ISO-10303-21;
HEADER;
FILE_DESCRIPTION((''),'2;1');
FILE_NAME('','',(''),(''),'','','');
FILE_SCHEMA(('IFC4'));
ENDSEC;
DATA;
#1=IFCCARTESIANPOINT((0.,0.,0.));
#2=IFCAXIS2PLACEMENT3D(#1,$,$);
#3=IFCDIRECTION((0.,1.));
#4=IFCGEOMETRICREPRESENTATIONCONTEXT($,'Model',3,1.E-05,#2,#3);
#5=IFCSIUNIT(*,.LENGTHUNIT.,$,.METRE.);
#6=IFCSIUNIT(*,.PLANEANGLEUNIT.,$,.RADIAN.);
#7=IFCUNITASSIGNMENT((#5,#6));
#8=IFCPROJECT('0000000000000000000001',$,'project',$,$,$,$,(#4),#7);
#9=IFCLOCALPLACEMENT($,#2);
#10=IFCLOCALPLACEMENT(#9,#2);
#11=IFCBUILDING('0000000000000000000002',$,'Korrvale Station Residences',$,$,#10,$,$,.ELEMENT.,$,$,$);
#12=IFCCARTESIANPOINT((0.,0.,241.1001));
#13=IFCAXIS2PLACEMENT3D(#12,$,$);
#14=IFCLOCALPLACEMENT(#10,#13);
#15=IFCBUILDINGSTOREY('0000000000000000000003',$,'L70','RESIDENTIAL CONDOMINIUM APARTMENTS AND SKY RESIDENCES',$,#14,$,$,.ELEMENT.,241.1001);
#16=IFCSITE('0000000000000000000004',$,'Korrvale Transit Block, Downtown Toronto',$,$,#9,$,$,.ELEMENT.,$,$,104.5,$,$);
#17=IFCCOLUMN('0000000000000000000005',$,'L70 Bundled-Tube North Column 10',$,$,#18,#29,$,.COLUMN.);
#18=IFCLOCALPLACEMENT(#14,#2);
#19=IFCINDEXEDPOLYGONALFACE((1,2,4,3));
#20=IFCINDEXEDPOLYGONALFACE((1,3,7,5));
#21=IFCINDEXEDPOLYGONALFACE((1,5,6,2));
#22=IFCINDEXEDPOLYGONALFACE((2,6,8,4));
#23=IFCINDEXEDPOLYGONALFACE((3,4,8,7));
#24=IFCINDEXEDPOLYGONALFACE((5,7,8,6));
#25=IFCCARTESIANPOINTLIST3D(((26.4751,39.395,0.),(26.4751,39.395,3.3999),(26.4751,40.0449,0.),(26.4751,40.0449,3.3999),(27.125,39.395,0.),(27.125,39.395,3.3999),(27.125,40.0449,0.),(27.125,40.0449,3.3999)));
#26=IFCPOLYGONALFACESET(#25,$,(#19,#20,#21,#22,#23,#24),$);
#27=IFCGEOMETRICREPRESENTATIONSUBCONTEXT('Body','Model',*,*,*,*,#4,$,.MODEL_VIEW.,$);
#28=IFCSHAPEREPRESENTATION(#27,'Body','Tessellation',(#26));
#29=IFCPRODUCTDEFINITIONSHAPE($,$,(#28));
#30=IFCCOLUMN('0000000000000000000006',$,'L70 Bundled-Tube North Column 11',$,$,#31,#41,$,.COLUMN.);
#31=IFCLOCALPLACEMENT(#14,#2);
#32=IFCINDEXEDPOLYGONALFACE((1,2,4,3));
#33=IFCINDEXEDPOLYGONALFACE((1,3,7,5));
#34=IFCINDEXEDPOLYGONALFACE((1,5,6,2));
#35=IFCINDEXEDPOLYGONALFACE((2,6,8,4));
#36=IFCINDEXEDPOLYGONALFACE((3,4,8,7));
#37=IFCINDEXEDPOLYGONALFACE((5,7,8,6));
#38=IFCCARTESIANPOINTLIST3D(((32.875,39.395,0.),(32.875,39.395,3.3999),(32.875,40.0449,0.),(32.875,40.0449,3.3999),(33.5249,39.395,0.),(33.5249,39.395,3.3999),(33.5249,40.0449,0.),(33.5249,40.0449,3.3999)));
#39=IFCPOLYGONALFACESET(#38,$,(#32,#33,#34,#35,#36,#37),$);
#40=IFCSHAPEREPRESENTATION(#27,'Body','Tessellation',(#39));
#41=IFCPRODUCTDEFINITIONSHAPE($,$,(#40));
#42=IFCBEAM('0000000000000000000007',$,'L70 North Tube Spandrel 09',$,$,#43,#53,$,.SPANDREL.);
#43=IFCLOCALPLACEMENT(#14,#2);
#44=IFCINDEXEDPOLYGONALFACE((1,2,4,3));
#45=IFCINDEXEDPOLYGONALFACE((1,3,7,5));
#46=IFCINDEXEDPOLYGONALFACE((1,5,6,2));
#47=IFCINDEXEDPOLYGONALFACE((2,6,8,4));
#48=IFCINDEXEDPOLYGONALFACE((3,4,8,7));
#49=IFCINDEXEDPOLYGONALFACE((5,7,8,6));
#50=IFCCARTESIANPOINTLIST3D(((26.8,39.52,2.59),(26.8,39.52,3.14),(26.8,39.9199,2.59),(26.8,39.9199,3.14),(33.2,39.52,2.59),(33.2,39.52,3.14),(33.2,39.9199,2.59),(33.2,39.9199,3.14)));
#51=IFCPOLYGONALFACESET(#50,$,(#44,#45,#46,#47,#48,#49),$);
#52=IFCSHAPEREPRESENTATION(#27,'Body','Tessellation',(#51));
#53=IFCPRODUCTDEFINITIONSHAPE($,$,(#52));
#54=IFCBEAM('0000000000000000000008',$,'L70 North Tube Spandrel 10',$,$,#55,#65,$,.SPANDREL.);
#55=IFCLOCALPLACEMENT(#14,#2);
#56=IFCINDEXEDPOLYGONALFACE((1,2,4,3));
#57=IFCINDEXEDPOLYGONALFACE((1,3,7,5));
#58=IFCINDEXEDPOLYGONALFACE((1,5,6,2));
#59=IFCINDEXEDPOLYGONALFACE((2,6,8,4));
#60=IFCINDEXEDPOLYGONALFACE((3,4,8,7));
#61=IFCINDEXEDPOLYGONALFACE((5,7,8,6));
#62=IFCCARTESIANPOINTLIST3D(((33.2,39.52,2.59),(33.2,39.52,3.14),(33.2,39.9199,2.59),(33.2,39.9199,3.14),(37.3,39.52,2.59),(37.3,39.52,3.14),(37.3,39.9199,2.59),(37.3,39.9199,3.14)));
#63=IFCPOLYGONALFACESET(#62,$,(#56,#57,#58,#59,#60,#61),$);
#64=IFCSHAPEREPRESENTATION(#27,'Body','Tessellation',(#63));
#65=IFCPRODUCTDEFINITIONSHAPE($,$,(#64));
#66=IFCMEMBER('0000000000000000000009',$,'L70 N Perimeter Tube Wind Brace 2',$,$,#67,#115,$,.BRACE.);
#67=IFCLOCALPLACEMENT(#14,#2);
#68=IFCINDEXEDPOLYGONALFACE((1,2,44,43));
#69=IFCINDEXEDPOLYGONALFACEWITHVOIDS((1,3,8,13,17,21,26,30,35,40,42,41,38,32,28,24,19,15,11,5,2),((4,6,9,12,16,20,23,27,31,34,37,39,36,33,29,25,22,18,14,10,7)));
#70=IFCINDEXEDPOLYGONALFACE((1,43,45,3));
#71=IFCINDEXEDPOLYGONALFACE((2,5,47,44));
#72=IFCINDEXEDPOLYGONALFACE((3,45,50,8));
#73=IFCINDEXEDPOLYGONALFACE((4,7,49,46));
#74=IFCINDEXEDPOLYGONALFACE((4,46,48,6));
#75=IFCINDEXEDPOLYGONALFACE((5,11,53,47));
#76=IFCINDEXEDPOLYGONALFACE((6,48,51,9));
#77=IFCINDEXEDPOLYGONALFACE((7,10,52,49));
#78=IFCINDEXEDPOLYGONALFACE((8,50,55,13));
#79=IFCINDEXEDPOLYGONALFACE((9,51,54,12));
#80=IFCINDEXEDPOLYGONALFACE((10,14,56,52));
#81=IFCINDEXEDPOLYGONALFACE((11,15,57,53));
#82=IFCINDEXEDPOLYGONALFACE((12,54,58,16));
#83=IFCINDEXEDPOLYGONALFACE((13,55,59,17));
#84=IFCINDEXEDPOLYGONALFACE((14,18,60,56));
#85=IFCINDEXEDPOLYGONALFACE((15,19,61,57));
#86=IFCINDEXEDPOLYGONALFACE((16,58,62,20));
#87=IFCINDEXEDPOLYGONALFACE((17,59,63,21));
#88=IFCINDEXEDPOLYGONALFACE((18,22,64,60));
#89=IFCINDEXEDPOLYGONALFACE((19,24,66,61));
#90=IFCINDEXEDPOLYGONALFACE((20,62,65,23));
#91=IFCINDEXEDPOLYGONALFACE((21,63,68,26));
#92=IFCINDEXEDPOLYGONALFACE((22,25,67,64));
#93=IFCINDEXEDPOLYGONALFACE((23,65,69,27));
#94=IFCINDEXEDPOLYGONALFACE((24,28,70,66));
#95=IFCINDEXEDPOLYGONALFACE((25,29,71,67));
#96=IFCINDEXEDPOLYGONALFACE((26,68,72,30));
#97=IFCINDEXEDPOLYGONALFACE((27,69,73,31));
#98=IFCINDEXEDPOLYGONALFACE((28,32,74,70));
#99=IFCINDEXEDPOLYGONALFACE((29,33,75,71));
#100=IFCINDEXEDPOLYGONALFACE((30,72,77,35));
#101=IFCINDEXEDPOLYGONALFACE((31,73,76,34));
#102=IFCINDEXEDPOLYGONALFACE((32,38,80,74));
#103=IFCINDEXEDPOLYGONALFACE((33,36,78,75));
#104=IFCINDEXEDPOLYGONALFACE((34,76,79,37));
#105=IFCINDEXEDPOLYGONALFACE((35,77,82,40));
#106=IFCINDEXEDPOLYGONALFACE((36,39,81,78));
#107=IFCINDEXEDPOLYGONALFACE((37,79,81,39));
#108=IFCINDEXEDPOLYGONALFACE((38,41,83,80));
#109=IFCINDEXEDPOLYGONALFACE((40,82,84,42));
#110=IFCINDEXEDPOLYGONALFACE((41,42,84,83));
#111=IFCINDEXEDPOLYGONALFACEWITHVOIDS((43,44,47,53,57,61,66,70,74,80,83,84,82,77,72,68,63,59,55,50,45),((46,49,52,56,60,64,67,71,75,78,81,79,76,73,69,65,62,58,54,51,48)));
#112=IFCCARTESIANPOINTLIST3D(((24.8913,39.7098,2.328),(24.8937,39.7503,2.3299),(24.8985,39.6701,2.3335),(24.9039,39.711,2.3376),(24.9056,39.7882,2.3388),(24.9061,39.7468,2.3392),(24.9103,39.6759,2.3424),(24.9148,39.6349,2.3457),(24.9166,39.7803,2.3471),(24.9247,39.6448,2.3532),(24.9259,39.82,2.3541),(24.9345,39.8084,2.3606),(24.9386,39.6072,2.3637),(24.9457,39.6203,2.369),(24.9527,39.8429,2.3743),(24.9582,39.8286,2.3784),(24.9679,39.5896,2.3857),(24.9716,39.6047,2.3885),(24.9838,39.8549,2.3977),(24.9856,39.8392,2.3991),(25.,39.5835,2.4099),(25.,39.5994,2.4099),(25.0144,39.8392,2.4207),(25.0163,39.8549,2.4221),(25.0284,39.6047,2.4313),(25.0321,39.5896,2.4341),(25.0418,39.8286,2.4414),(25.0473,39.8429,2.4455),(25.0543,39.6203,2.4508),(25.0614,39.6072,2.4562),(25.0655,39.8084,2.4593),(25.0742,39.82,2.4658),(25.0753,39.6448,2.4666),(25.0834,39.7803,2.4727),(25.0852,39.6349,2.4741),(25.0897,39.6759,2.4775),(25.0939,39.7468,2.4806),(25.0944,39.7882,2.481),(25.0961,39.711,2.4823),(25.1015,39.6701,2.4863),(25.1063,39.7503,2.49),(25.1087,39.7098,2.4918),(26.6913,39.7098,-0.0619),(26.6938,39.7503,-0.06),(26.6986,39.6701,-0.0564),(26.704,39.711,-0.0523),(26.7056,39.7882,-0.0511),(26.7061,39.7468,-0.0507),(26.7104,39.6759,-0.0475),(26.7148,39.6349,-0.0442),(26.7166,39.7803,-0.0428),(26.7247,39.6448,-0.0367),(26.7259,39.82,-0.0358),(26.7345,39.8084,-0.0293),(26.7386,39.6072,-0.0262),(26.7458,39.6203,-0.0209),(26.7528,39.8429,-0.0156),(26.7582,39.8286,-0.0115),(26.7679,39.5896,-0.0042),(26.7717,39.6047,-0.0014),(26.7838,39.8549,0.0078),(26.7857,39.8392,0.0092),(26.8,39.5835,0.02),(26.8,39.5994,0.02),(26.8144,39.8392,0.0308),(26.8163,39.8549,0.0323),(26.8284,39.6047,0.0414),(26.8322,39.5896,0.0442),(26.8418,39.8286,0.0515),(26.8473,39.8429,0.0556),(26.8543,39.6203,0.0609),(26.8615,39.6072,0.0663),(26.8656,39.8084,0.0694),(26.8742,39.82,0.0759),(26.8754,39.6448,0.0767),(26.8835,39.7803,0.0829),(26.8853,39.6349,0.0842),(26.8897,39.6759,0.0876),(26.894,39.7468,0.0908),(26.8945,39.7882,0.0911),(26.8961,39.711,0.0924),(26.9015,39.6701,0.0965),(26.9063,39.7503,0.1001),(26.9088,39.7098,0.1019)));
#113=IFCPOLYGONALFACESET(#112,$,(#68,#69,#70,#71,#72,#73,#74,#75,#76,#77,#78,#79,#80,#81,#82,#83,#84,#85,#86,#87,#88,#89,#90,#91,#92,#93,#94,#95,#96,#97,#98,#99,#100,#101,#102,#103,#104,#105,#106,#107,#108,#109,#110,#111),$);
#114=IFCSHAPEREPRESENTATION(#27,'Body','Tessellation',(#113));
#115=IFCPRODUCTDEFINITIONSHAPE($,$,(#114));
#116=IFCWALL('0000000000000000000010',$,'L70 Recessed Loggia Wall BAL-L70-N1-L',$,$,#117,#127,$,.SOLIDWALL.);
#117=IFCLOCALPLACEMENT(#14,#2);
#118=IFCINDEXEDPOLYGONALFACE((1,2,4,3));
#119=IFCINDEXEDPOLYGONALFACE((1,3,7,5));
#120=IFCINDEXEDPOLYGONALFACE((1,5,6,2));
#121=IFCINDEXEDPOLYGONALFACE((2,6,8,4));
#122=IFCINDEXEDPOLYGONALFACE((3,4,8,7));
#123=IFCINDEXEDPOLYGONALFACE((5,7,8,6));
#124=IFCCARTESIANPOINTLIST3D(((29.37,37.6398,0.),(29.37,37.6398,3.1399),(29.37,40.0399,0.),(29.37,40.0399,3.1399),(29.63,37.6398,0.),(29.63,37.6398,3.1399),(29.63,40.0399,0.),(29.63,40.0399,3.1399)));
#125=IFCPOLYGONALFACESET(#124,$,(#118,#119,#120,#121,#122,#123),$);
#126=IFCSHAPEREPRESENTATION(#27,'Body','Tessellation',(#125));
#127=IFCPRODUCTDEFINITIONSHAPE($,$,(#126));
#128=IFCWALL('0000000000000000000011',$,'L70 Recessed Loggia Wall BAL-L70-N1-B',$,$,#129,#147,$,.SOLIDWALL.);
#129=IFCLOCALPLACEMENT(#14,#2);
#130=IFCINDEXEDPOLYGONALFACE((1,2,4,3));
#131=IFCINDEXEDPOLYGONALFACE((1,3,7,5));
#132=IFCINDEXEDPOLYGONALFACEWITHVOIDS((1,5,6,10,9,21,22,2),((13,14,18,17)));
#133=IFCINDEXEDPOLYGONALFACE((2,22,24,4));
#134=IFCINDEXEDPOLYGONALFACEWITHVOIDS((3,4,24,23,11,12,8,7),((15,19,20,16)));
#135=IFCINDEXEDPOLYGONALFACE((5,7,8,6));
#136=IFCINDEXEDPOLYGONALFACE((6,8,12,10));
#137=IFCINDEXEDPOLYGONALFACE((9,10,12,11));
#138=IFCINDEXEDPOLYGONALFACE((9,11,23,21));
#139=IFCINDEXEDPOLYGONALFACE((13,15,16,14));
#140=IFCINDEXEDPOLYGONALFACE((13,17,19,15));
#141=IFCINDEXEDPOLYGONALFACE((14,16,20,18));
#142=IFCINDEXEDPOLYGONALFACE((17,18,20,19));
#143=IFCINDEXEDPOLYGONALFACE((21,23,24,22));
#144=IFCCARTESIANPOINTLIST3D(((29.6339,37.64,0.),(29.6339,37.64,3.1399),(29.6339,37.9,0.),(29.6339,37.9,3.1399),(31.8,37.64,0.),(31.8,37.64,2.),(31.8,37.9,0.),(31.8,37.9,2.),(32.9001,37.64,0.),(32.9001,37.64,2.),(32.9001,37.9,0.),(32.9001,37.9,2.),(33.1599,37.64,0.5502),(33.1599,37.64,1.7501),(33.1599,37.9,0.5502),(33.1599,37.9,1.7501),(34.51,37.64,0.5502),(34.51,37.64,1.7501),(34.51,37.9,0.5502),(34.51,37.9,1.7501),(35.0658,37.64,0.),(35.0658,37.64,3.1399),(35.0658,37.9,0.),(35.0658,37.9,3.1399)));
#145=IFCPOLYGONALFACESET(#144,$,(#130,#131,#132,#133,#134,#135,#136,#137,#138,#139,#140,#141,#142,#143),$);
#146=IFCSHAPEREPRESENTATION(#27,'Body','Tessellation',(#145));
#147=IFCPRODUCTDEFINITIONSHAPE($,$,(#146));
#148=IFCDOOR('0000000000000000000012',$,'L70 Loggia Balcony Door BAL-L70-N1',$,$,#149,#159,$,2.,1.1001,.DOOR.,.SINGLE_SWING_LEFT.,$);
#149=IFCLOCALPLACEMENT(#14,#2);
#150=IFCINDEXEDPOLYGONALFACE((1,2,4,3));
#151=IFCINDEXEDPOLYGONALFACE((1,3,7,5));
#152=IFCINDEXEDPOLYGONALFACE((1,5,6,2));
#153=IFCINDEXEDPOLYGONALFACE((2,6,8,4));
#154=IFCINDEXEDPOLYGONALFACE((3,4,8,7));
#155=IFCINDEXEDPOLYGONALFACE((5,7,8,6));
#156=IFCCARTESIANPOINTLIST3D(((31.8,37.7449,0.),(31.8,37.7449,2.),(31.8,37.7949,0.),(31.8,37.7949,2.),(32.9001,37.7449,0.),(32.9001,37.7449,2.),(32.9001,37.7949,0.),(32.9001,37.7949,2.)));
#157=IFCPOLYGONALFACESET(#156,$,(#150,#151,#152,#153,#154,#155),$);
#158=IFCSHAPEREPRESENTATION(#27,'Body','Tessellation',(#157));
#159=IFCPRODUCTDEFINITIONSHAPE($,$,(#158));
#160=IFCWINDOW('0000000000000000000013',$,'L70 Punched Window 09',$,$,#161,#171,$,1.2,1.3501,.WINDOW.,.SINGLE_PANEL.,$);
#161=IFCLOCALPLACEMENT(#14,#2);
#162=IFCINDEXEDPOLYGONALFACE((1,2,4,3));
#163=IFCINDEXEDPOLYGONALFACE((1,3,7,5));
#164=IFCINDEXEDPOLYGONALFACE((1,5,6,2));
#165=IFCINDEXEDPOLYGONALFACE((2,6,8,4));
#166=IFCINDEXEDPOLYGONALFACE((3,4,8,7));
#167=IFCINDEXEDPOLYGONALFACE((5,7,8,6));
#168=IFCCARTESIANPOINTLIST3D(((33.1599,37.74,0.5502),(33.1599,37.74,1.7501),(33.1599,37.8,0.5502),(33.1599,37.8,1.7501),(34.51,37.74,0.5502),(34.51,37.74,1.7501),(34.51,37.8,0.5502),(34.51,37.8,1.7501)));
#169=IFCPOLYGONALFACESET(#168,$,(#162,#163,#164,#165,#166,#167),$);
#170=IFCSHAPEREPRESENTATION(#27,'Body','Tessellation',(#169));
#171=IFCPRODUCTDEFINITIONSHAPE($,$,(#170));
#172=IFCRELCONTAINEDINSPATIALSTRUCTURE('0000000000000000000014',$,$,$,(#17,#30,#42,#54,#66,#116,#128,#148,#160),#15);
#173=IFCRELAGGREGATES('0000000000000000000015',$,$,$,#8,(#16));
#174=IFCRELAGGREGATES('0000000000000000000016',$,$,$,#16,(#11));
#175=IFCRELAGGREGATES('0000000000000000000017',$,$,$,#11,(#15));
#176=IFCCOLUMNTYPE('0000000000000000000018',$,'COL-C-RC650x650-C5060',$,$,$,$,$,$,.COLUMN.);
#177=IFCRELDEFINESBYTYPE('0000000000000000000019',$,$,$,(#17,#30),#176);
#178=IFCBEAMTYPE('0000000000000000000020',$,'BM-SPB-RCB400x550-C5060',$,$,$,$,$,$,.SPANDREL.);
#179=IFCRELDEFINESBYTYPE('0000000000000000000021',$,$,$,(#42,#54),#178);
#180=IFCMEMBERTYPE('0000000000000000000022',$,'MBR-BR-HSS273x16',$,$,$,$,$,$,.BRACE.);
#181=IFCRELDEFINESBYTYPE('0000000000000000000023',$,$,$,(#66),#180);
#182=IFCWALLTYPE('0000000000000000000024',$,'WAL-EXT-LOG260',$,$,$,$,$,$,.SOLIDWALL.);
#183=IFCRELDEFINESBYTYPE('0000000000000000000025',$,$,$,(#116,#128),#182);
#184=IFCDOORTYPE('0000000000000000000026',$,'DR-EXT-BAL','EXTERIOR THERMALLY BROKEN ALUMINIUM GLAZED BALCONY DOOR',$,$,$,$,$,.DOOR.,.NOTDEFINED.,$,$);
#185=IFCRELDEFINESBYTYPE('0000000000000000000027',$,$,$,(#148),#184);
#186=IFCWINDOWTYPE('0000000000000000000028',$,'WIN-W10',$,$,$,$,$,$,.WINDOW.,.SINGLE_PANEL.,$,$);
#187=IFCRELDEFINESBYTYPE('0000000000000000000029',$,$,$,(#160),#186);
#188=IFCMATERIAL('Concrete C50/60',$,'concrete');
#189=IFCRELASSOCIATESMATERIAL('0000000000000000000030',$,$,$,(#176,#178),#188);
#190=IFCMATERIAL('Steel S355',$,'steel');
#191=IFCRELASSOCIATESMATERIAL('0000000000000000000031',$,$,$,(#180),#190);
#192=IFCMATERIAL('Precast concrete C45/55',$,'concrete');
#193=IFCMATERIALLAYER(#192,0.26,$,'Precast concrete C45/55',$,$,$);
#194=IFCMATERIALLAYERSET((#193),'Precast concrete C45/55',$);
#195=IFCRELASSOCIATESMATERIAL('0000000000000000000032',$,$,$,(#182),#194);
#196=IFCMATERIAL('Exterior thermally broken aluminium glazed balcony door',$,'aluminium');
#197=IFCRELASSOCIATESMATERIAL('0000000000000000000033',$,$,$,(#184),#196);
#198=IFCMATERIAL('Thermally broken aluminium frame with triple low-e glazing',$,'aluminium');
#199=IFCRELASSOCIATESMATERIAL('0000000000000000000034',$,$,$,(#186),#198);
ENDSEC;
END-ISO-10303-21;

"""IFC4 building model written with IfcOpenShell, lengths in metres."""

from ifc_helpers import new_model, si_unit, direction, frame, frame_2d, origin, origin_2d, place, context, subcontext, project, spatial, rectangle, hollow_circle, extrude, material, layer, layer_set, material_profile, profile_set, type_object, element, fill, save


model = new_model("IFC4")

# Units and contexts
model_context = context("Model", 3, precision=1e-05, world=origin(), true_north=direction((0.0, 1.0)))
body_context = subcontext(model_context, "Body", "Model", "MODEL_VIEW")
ifc_project = project(units=[si_unit("LENGTHUNIT", "METRE"), si_unit("PLANEANGLEUNIT", "RADIAN")], contexts=[model_context])

# Site, building, storey
site_placement = place(None, origin())
site = spatial("IfcSite", under=ifc_project, at=site_placement, Name="Korrvale Transit Block, Downtown Toronto", CompositionType="ELEMENT", RefElevation=104.5)
building_placement = place(site_placement, origin())
building = spatial("IfcBuilding", under=site, at=building_placement, Name="Korrvale Station Residences", CompositionType="ELEMENT")
storey_placement = place(building_placement, frame((0.0, 0.0, 241.1001)))
storey = spatial("IfcBuildingStorey", under=building, at=storey_placement, Name="L70", Description="RESIDENTIAL CONDOMINIUM APARTMENTS AND SKY RESIDENCES", CompositionType="ELEMENT", Elevation=241.1001)

# Columns
ifc_material_1 = material(Name="Concrete C50/60", Category="concrete")
ifc_material_profile_1 = material_profile(ifc_material_1, rectangle(XDim=0.6499, YDim=0.6499, at=origin_2d()), Name="RC650x650")
ifc_profile_set_1 = profile_set([ifc_material_profile_1], Name="Concrete C50/60")
column_type = type_object("IfcColumnType", Name="COL-C-RC650x650-C5060", PredefinedType="COLUMN", material=ifc_profile_set_1)
for number, where, z_axis, x_axis, name in (
    (1, (26.8, 39.72, 0.0), (0.0, 0.0, 1.0), (1.0, 0.0, 0.0), "L70 Bundled-Tube North Column 10"),
    (2, (33.2, 39.72, 0.0), (0.0, 0.0, 1.0), (1.0, 0.0, 0.0), "L70 Bundled-Tube North Column 11"),
):
    element("IfcColumn", number, at=place(storey_placement, frame(where, z_axis=z_axis, x_axis=x_axis)), inside=storey, type_object=column_type, Name=name, PredefinedType="COLUMN", context=body_context, shape_type="SweptSolid", body=[
        extrude(rectangle(XDim=0.6499, YDim=0.6499, at=origin_2d()), origin(), (0.0, 0.0, 1.0), 3.3999),
    ])

# Beams
ifc_material_profile_2 = material_profile(ifc_material_1, rectangle(XDim=0.3999, YDim=0.55, at=origin_2d()), Name="RCB400x550")
ifc_profile_set_2 = profile_set([ifc_material_profile_2], Name="Concrete C50/60")
beam_type = type_object("IfcBeamType", Name="BM-SPB-RCB400x550-C5060", PredefinedType="SPANDREL", material=ifc_profile_set_2)
beam_1_placement = place(storey_placement, frame((26.8, 39.72, 2.865), z_axis=(1.0, 0.0, 0.0), x_axis=(0.0, 1.0, 0.0)))
element("IfcBeam", 3, at=beam_1_placement, inside=storey, type_object=beam_type, Name="L70 North Tube Spandrel 09", PredefinedType="SPANDREL", context=body_context, shape_type="SweptSolid", body=[
    extrude(rectangle(XDim=0.3999, YDim=0.55, at=origin_2d()), origin(), (0.0, 0.0, 1.0), 6.3999),
])
beam_2_placement = place(storey_placement, frame((33.2, 39.72, 2.865), z_axis=(1.0, 0.0, 0.0), x_axis=(0.0, 1.0, 0.0)))
element("IfcBeam", 4, at=beam_2_placement, inside=storey, type_object=beam_type, Name="L70 North Tube Spandrel 10", PredefinedType="SPANDREL", context=body_context, shape_type="SweptSolid", body=[
    extrude(rectangle(XDim=0.3999, YDim=0.55, at=origin_2d()), origin(), (0.0, 0.0, 1.0), 4.1001),
])

# Member
ifc_material_2 = material(Name="Steel S355", Category="steel")
ifc_material_profile_3 = material_profile(ifc_material_2, hollow_circle(Radius=0.1365, WallThickness=0.0159, at=origin_2d()), Name="HSS273x16")
ifc_profile_set_3 = profile_set([ifc_material_profile_3], Name="Steel S355")
member_type = type_object("IfcMemberType", Name="MBR-BR-HSS273x16", PredefinedType="BRACE", material=ifc_profile_set_3)
member_placement = place(storey_placement, frame((26.8, 39.72, 0.02), z_axis=(-0.601631, 0.0, 0.798774), x_axis=(0.0, -1.0, 0.0)))
element("IfcMember", 5, at=member_placement, inside=storey, type_object=member_type, Name="L70 N Perimeter Tube Wind Brace 2", PredefinedType="BRACE", context=body_context, shape_type="SweptSolid", body=[
    extrude(hollow_circle(Radius=0.1365, WallThickness=0.0159, at=origin_2d()), origin(), (0.0, 0.0, 1.0), 2.9919),
])

# Wall
ifc_material_3 = material(Name="Precast concrete C45/55", Category="concrete")
ifc_layer_1 = layer(ifc_material_3, 0.26, Name="Precast concrete C45/55")
ifc_layer_set_1 = layer_set([ifc_layer_1], Name="Precast concrete C45/55")
wall_type = type_object("IfcWallType", Name="WAL-EXT-LOG260", PredefinedType="SOLIDWALL", material=ifc_layer_set_1)
wall_1_placement = place(storey_placement, frame((29.5, 40.04, 0.0), z_axis=(0.0, 0.0, 1.0), x_axis=(0.0, -1.0, 0.0)))
element("IfcWall", 6, at=wall_1_placement, inside=storey, type_object=wall_type, Name="L70 Recessed Loggia Wall BAL-L70-N1-L", PredefinedType="SOLIDWALL", context=body_context, shape_type="SweptSolid", body=[
    extrude(rectangle(XDim=2.4001, YDim=0.26, at=frame_2d((1.2002, 0.0))), origin(), (0.0, 0.0, 1.0), 3.1399),
])

# Wall, openings, door, window
wall_2_placement = place(storey_placement, frame((29.634, 37.77, 0.0), z_axis=(0.0, 0.0, 1.0), x_axis=(1.0, 0.0, 0.0)))
wall_2 = element("IfcWall", 7, at=wall_2_placement, inside=storey, type_object=wall_type, Name="L70 Recessed Loggia Wall BAL-L70-N1-B", PredefinedType="SOLIDWALL", context=body_context, shape_type="SweptSolid", body=[
    extrude(rectangle(XDim=5.4319, YDim=0.26, at=frame_2d((2.7158, 0.0))), origin(), (0.0, 0.0, 1.0), 3.1399),
])
opening_1_placement = place(wall_2_placement, frame((2.166, 0.0, 0.0)))
opening_1 = element("IfcOpeningElement", 8, at=opening_1_placement, cuts=wall_2, PredefinedType="OPENING", context=body_context, shape_type="SweptSolid", body=[
    extrude(rectangle(XDim=1.1001, YDim=2.0, at=frame_2d((0.55, 1.0))), frame((0.0, 0.1401, 0.0), z_axis=(0.0, -1.0, 0.0), x_axis=(1.0, 0.0, 0.0)), (0.0, 0.0, 1.0), 0.28),
])
opening_2_placement = place(wall_2_placement, frame((3.5259, 0.0, 0.55)))
opening_2 = element("IfcOpeningElement", 9, at=opening_2_placement, cuts=wall_2, PredefinedType="OPENING", context=body_context, shape_type="SweptSolid", body=[
    extrude(rectangle(XDim=1.3501, YDim=1.2, at=frame_2d((0.675, 0.6001))), frame((0.0, 0.1401, 0.0), z_axis=(0.0, -1.0, 0.0), x_axis=(1.0, 0.0, 0.0)), (0.0, 0.0, 1.0), 0.28),
])
ifc_material_4 = material(Name="Exterior thermally broken aluminium glazed balcony door", Category="aluminium")
door_type = type_object("IfcDoorType", Name="DR-EXT-BAL", Description="EXTERIOR THERMALLY BROKEN ALUMINIUM GLAZED BALCONY DOOR", OperationType="NOTDEFINED", PredefinedType="DOOR", material=ifc_material_4)
door_placement = place(opening_1_placement, origin())
door = element("IfcDoor", 10, at=door_placement, inside=storey, type_object=door_type, Name="L70 Loggia Balcony Door BAL-L70-N1", OperationType="SINGLE_SWING_LEFT", OverallHeight=2.0, OverallWidth=1.1001, PredefinedType="DOOR", context=body_context, shape_type="SweptSolid", body=[
    extrude(rectangle(XDim=1.1001, YDim=2.0, at=frame_2d((0.55, 1.0))), frame((0.0, 0.0249, 0.0), z_axis=(0.0, -1.0, 0.0), x_axis=(1.0, 0.0, 0.0)), (0.0, 0.0, 1.0), 0.05),
])
fill(opening_1, door)
ifc_material_5 = material(Name="Thermally broken aluminium frame with triple low-e glazing", Category="aluminium")
window_type = type_object("IfcWindowType", Name="WIN-W10", PartitioningType="SINGLE_PANEL", PredefinedType="WINDOW", material=ifc_material_5)
window_placement = place(opening_2_placement, origin())
window = element("IfcWindow", 11, at=window_placement, inside=storey, type_object=window_type, Name="L70 Punched Window 09", OverallHeight=1.2, OverallWidth=1.3501, PartitioningType="SINGLE_PANEL", PredefinedType="WINDOW", context=body_context, shape_type="SweptSolid", body=[
    extrude(rectangle(XDim=1.3501, YDim=1.2, at=frame_2d((0.675, 0.6001))), frame((0.0, 0.03, 0.0), z_axis=(0.0, -1.0, 0.0), x_axis=(1.0, 0.0, 0.0)), (0.0, 0.0, 1.0), 0.0601),
])
fill(opening_2, window)

save(model, "model.ifc")
